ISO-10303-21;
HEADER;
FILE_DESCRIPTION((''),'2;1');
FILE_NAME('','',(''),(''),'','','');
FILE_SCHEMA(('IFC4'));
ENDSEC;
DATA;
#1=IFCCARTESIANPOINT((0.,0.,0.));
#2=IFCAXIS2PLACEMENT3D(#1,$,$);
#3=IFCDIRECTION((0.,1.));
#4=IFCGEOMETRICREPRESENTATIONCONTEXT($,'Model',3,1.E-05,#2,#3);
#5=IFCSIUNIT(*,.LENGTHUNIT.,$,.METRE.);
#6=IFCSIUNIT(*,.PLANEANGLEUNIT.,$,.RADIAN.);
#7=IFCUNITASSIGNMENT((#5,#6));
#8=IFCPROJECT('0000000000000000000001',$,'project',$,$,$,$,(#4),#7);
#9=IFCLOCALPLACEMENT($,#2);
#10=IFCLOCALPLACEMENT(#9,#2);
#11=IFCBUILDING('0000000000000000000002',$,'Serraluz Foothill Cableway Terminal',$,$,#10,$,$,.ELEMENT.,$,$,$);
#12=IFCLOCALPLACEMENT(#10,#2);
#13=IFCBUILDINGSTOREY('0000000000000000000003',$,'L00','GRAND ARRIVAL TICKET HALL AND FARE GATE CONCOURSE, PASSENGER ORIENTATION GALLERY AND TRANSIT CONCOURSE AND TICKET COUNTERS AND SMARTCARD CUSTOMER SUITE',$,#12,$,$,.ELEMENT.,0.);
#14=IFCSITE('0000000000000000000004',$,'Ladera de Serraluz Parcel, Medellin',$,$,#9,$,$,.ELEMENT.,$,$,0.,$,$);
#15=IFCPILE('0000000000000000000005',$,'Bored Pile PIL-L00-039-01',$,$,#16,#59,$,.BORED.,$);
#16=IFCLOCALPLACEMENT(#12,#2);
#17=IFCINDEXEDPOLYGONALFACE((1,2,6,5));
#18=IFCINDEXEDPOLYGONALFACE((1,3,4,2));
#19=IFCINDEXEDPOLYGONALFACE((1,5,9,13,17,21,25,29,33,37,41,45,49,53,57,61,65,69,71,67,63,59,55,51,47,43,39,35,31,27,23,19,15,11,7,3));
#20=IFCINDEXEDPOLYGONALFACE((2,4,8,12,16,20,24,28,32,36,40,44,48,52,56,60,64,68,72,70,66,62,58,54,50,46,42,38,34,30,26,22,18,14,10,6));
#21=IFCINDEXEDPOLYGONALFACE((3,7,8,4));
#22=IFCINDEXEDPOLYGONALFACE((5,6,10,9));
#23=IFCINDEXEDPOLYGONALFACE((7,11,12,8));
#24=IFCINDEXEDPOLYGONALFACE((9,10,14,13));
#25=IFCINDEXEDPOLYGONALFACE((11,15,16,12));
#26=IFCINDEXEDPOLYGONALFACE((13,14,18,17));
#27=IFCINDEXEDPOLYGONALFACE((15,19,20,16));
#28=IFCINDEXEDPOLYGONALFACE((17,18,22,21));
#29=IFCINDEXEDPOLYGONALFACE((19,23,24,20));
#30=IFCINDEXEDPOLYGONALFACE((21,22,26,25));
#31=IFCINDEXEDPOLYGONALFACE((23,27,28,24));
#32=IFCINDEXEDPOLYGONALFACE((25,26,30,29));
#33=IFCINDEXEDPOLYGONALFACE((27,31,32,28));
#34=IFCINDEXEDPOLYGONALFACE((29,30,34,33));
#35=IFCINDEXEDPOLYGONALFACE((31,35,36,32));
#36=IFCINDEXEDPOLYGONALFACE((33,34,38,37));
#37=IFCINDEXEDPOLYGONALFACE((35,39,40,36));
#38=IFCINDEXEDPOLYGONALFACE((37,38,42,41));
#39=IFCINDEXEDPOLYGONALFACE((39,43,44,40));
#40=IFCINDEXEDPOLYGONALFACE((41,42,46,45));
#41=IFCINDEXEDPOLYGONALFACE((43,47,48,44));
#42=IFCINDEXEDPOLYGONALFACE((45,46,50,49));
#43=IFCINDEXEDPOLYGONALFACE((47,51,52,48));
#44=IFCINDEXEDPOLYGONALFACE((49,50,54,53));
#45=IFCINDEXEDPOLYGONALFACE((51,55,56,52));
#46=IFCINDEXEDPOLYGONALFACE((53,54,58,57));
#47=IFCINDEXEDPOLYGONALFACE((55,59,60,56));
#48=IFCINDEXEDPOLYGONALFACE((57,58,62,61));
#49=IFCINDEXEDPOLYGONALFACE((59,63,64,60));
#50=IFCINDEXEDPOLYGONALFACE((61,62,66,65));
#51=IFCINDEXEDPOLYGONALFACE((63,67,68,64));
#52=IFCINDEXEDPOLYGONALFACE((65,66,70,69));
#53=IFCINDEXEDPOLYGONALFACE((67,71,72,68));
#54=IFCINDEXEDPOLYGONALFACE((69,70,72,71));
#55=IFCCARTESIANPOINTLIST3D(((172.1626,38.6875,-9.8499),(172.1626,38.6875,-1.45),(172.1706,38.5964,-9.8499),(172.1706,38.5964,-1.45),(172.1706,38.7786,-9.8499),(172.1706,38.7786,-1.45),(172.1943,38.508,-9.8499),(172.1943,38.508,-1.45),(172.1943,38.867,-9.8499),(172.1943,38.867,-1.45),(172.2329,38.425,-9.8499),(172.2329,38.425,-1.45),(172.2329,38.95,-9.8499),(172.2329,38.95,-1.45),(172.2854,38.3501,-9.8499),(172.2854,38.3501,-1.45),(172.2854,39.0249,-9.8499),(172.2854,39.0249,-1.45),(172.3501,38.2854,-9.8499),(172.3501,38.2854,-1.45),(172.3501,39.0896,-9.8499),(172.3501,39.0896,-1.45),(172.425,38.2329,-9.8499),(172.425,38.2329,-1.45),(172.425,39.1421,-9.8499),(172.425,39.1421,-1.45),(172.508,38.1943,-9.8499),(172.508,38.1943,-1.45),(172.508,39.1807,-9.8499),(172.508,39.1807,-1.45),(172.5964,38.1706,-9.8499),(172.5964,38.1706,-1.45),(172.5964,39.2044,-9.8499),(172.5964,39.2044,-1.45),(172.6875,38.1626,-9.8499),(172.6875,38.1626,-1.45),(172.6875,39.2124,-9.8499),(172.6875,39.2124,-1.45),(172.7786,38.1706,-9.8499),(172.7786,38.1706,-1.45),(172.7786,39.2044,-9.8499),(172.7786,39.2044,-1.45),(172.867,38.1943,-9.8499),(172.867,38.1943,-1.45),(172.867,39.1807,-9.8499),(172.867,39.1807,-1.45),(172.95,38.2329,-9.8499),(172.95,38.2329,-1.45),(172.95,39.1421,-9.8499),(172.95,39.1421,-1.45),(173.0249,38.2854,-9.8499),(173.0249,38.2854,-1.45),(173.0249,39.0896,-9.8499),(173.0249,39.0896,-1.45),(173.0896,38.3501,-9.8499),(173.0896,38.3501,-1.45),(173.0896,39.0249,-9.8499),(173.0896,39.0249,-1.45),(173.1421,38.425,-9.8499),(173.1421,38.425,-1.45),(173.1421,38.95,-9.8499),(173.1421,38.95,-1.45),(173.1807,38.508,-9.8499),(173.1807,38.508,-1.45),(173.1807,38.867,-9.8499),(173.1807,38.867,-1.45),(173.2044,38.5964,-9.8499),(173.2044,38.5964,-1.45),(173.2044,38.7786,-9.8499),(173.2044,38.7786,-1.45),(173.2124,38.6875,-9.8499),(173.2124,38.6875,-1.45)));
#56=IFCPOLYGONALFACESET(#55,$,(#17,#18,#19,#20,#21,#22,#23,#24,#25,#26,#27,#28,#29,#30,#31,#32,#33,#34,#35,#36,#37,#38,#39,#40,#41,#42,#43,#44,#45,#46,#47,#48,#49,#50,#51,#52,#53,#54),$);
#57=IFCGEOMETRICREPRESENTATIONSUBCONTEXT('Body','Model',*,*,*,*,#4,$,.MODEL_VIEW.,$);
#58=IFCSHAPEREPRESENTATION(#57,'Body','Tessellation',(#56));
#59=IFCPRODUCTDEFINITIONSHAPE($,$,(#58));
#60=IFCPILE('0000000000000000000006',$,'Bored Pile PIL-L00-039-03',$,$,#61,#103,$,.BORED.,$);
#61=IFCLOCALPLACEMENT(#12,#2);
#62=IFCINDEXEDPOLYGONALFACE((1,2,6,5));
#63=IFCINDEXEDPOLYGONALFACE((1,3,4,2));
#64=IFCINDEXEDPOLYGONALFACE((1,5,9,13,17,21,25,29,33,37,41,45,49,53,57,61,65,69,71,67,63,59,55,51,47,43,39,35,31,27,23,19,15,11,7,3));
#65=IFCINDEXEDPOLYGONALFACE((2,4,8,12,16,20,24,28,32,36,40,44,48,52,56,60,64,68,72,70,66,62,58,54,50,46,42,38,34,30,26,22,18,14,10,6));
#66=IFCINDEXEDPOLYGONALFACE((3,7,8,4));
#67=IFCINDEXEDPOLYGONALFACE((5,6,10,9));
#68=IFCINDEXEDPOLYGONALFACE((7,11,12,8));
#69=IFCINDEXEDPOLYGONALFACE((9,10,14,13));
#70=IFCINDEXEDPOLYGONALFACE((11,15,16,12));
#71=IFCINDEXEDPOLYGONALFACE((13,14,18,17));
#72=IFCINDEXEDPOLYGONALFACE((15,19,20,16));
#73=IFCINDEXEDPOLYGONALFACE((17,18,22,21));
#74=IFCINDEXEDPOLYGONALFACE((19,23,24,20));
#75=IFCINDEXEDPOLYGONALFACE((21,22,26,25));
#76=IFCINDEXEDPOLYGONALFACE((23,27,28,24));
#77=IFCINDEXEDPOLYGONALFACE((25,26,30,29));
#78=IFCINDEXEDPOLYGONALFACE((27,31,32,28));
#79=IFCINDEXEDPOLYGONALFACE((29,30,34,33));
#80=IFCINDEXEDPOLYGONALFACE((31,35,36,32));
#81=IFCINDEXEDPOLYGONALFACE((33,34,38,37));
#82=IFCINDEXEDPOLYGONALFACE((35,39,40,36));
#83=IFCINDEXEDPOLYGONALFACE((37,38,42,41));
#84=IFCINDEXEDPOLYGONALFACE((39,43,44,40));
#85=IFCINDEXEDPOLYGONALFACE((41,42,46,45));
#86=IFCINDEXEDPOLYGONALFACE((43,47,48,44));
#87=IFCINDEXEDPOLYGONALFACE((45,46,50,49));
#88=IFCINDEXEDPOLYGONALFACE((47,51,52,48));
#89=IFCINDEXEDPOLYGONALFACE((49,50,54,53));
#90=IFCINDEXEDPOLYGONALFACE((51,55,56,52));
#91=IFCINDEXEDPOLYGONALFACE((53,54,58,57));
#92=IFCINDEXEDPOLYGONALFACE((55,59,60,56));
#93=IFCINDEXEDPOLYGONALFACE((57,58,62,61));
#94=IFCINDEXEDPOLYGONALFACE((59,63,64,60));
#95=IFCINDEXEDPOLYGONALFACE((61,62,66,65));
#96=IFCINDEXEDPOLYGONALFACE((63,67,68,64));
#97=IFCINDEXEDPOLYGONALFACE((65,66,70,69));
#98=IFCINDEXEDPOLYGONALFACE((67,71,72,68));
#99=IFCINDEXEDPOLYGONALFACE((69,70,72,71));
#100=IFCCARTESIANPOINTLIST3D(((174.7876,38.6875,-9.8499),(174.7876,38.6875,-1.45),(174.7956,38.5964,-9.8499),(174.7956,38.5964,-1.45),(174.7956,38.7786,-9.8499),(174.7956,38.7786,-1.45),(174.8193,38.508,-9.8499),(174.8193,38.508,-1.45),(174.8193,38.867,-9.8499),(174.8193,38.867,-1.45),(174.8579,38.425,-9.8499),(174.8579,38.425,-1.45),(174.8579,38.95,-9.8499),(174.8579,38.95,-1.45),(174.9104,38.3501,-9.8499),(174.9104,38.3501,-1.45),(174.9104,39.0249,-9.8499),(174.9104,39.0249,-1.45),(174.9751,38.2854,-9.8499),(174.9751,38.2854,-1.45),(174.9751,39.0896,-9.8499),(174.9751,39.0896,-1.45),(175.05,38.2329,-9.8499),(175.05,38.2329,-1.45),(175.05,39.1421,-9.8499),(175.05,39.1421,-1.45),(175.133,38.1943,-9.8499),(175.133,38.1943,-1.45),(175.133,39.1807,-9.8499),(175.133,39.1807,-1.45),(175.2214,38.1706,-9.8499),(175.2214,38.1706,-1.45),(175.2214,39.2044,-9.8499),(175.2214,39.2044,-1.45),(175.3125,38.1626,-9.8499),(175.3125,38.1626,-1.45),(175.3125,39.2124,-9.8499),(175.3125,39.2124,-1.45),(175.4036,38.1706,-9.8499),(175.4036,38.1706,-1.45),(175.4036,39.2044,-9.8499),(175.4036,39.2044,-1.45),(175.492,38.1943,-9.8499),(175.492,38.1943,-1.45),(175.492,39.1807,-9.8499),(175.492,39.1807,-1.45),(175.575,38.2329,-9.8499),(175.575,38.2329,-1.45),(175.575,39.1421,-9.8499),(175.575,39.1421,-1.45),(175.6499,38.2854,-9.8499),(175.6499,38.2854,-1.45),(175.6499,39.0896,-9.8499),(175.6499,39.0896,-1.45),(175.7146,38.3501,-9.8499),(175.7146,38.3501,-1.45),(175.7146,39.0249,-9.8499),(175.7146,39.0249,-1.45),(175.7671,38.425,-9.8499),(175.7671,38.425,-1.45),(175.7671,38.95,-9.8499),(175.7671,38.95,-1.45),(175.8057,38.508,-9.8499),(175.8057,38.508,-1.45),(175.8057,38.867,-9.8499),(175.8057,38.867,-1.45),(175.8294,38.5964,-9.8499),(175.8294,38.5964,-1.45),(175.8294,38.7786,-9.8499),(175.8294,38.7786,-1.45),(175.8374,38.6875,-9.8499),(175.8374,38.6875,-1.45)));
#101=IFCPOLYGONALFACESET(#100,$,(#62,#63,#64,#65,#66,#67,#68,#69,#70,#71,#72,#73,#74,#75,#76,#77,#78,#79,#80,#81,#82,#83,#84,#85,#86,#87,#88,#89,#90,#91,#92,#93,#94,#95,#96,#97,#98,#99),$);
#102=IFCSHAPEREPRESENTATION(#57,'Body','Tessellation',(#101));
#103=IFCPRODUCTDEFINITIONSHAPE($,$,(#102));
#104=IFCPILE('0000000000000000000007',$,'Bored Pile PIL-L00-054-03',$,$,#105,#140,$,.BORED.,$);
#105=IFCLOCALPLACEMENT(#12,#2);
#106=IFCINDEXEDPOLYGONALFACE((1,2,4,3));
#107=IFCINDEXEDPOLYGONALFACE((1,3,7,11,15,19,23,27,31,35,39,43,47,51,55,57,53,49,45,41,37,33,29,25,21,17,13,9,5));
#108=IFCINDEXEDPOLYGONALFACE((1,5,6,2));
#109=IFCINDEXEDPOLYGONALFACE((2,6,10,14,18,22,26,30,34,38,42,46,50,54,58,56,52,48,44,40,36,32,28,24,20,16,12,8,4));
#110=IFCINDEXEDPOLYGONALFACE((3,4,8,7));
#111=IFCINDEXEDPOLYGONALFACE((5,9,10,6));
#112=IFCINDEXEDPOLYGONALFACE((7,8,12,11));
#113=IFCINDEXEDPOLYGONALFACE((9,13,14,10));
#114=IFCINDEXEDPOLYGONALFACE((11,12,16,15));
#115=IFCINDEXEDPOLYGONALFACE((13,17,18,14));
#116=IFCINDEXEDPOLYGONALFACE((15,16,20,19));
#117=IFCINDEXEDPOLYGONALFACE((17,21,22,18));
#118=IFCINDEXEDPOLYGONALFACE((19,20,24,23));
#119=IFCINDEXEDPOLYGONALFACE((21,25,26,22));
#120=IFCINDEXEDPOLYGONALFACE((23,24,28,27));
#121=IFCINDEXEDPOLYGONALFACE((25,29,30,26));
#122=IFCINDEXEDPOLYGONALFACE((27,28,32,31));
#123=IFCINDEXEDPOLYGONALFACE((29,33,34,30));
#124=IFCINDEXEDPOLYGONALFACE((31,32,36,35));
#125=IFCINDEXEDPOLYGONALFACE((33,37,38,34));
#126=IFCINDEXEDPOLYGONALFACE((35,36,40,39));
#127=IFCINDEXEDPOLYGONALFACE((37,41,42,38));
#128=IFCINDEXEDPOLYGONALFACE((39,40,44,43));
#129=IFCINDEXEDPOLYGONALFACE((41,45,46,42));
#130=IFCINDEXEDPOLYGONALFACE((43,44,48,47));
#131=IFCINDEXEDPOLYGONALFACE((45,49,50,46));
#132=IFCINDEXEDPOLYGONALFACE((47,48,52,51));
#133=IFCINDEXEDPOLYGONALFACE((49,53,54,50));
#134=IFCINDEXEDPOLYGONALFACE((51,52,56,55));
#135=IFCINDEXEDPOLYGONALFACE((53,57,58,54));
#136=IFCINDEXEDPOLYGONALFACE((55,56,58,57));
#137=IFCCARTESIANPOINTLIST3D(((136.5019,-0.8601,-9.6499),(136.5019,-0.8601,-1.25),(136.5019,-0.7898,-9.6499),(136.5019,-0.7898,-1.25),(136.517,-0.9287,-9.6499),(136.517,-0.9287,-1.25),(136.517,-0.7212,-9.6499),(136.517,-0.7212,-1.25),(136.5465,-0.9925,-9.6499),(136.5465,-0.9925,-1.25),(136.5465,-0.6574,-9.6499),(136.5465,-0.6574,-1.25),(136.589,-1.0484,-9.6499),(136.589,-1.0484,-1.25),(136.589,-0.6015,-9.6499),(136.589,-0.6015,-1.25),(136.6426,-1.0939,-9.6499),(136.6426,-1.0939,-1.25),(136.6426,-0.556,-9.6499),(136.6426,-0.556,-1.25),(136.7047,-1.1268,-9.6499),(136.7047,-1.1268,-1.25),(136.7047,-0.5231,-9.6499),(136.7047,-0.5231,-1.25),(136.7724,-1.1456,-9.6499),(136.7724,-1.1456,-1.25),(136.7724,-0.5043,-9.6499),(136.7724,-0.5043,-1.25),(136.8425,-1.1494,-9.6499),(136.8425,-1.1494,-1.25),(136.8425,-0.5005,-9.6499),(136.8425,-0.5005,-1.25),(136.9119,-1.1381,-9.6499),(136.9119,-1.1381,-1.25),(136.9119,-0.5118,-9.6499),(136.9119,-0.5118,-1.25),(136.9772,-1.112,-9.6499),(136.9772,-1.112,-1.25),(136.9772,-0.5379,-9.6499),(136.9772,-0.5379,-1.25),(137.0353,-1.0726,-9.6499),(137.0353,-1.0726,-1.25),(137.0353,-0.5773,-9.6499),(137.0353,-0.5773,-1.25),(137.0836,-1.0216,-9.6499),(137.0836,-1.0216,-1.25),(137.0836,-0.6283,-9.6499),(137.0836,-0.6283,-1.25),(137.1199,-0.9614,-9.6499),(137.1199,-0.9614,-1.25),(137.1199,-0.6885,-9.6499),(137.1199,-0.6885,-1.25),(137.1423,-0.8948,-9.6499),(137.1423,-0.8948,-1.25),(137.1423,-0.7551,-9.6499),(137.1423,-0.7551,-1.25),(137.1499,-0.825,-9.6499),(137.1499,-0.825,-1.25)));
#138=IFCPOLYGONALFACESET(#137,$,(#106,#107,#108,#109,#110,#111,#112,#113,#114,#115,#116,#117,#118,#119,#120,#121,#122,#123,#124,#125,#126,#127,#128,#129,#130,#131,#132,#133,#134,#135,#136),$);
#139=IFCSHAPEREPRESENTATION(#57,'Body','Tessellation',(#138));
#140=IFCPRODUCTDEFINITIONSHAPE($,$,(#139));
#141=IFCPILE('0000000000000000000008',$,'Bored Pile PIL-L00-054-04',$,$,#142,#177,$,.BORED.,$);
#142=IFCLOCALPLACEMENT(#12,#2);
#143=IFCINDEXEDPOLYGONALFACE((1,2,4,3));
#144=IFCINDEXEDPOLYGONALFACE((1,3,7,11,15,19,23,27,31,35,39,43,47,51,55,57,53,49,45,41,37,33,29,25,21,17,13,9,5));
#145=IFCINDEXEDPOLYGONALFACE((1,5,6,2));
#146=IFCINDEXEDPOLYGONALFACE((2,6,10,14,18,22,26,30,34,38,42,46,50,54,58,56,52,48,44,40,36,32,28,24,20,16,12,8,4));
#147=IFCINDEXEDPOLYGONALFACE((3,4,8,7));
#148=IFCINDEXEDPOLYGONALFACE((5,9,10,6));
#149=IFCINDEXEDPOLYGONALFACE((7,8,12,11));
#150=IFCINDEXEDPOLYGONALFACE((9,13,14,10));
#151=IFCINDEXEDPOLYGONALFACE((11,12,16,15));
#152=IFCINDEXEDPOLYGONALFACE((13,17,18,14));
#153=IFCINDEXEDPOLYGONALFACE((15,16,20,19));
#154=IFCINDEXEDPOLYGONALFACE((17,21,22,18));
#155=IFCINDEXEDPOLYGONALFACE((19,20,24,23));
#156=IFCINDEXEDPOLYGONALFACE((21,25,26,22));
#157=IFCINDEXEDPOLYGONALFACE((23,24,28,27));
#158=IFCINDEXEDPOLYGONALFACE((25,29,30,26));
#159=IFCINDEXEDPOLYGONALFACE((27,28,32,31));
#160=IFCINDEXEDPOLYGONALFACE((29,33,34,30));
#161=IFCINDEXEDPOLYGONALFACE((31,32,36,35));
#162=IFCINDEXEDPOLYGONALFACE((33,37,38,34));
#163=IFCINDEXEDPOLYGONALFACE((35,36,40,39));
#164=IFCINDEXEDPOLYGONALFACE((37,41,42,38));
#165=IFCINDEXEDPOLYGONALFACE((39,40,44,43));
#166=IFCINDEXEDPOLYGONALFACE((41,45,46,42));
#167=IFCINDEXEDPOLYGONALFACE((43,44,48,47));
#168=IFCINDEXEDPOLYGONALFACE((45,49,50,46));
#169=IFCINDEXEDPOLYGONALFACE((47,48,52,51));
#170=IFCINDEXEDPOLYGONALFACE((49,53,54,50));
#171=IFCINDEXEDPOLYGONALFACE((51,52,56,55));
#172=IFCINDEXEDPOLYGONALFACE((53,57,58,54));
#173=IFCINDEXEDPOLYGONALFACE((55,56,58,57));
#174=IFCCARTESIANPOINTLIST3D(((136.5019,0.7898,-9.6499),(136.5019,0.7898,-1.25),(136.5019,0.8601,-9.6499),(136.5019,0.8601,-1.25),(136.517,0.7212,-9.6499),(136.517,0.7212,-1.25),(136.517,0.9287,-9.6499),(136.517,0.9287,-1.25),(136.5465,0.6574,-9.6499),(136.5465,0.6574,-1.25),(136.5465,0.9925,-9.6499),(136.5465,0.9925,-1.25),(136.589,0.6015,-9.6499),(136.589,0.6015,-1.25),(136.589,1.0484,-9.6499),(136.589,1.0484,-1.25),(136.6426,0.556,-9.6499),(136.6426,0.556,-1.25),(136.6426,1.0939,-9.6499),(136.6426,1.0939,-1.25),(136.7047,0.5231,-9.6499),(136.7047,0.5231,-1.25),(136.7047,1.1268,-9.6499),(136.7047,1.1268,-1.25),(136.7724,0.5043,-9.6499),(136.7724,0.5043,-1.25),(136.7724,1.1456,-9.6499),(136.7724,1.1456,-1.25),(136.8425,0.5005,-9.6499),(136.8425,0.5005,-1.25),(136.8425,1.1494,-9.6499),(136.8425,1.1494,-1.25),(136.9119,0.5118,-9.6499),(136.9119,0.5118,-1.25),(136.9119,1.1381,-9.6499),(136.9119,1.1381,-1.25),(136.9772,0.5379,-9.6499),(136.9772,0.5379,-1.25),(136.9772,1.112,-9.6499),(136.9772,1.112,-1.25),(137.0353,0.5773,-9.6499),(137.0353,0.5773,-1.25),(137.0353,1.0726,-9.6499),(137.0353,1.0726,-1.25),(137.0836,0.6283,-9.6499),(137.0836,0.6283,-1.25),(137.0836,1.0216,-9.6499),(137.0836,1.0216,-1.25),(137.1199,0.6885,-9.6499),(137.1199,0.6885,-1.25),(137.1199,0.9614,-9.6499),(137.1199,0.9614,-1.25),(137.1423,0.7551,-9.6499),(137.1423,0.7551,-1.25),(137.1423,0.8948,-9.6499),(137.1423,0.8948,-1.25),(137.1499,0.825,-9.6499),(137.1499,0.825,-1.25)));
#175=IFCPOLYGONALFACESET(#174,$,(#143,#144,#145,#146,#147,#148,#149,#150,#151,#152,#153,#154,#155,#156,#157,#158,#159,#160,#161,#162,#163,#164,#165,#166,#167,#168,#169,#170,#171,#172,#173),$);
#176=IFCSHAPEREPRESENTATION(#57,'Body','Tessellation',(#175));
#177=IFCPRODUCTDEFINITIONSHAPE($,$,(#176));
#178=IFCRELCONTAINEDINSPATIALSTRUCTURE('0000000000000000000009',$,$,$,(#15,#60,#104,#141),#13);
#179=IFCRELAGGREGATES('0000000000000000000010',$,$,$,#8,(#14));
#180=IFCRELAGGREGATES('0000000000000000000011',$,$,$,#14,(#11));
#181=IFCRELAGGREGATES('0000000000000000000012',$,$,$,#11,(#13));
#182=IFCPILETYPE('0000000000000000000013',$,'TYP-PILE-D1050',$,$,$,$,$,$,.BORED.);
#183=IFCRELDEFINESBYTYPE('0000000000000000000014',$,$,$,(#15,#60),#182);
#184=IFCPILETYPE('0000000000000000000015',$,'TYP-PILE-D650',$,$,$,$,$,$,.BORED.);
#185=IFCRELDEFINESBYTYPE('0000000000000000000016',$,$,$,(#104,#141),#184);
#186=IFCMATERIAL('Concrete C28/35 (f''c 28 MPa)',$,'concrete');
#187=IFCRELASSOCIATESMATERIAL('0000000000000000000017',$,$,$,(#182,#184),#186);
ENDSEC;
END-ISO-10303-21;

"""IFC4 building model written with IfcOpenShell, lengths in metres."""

from ifc_helpers import new_model, si_unit, direction, frame, origin, origin_2d, place, context, subcontext, project, spatial, circle, extrude, material, material_profile, profile_set, type_object, element, save


model = new_model("IFC4")

# Units and contexts
model_context = context("Model", 3, precision=1e-05, world=origin(), true_north=direction((0.0, 1.0)))
body_context = subcontext(model_context, "Body", "Model", "MODEL_VIEW")
ifc_project = project(units=[si_unit("LENGTHUNIT", "METRE"), si_unit("PLANEANGLEUNIT", "RADIAN")], contexts=[model_context])

# Site, building, storey
site_placement = place(None, origin())
site = spatial("IfcSite", under=ifc_project, at=site_placement, Name="Ladera de Serraluz Parcel, Medellin", CompositionType="ELEMENT", RefElevation=0.0)
building_placement = place(site_placement, origin())
building = spatial("IfcBuilding", under=site, at=building_placement, Name="Serraluz Foothill Cableway Terminal", CompositionType="ELEMENT")
storey_placement = place(building_placement, origin())
storey = spatial("IfcBuildingStorey", under=building, at=storey_placement, Name="L00", Description="GRAND ARRIVAL TICKET HALL AND FARE GATE CONCOURSE, PASSENGER ORIENTATION GALLERY AND TRANSIT CONCOURSE AND TICKET COUNTERS AND SMARTCARD CUSTOMER SUITE", CompositionType="ELEMENT", Elevation=0.0)

# Piles
ifc_material_1 = material(Name="Concrete C28/35 (f'c 28 MPa)", Category="concrete")
ifc_material_profile_1 = material_profile(ifc_material_1, circle(Radius=0.5249, at=origin_2d()), Name="BORED PILE D1050")
ifc_profile_set_1 = profile_set([ifc_material_profile_1], Name="Concrete C28/35 (f'c 28 MPa)")
pile_type_1 = type_object("IfcPileType", Name="TYP-PILE-D1050", PredefinedType="BORED", material=ifc_profile_set_1)
for number, where, z_axis, x_axis, name in (
    (1, (172.6875, 38.6875, -1.45), (0.0, 0.0, -1.0), (1.0, 0.0, 0.0), "Bored Pile PIL-L00-039-01"),
    (2, (175.3125, 38.6875, -1.45), (0.0, 0.0, -1.0), (1.0, 0.0, 0.0), "Bored Pile PIL-L00-039-03"),
):
    element("IfcPile", number, at=place(storey_placement, frame(where, z_axis=z_axis, x_axis=x_axis)), inside=storey, type_object=pile_type_1, Name=name, PredefinedType="BORED", context=body_context, shape_type="SweptSolid", body=[
        extrude(circle(Radius=0.5249, at=origin_2d()), origin(), (0.0, 0.0, 1.0), 8.3999),
    ])
ifc_material_profile_2 = material_profile(ifc_material_1, circle(Radius=0.325, at=origin_2d()), Name="BORED PILE D650")
ifc_profile_set_2 = profile_set([ifc_material_profile_2], Name="Concrete C28/35 (f'c 28 MPa)")
pile_type_2 = type_object("IfcPileType", Name="TYP-PILE-D650", PredefinedType="BORED", material=ifc_profile_set_2)
for number, where, z_axis, x_axis, name in (
    (3, (136.825, -0.825, -1.25), (0.0, 0.0, -1.0), (1.0, 0.0, 0.0), "Bored Pile PIL-L00-054-03"),
    (4, (136.825, 0.825, -1.25), (0.0, 0.0, -1.0), (1.0, 0.0, 0.0), "Bored Pile PIL-L00-054-04"),
):
    element("IfcPile", number, at=place(storey_placement, frame(where, z_axis=z_axis, x_axis=x_axis)), inside=storey, type_object=pile_type_2, Name=name, PredefinedType="BORED", context=body_context, shape_type="SweptSolid", body=[
        extrude(circle(Radius=0.325, at=origin_2d()), origin(), (0.0, 0.0, 1.0), 8.3999),
    ])

save(model, "model.ifc")
